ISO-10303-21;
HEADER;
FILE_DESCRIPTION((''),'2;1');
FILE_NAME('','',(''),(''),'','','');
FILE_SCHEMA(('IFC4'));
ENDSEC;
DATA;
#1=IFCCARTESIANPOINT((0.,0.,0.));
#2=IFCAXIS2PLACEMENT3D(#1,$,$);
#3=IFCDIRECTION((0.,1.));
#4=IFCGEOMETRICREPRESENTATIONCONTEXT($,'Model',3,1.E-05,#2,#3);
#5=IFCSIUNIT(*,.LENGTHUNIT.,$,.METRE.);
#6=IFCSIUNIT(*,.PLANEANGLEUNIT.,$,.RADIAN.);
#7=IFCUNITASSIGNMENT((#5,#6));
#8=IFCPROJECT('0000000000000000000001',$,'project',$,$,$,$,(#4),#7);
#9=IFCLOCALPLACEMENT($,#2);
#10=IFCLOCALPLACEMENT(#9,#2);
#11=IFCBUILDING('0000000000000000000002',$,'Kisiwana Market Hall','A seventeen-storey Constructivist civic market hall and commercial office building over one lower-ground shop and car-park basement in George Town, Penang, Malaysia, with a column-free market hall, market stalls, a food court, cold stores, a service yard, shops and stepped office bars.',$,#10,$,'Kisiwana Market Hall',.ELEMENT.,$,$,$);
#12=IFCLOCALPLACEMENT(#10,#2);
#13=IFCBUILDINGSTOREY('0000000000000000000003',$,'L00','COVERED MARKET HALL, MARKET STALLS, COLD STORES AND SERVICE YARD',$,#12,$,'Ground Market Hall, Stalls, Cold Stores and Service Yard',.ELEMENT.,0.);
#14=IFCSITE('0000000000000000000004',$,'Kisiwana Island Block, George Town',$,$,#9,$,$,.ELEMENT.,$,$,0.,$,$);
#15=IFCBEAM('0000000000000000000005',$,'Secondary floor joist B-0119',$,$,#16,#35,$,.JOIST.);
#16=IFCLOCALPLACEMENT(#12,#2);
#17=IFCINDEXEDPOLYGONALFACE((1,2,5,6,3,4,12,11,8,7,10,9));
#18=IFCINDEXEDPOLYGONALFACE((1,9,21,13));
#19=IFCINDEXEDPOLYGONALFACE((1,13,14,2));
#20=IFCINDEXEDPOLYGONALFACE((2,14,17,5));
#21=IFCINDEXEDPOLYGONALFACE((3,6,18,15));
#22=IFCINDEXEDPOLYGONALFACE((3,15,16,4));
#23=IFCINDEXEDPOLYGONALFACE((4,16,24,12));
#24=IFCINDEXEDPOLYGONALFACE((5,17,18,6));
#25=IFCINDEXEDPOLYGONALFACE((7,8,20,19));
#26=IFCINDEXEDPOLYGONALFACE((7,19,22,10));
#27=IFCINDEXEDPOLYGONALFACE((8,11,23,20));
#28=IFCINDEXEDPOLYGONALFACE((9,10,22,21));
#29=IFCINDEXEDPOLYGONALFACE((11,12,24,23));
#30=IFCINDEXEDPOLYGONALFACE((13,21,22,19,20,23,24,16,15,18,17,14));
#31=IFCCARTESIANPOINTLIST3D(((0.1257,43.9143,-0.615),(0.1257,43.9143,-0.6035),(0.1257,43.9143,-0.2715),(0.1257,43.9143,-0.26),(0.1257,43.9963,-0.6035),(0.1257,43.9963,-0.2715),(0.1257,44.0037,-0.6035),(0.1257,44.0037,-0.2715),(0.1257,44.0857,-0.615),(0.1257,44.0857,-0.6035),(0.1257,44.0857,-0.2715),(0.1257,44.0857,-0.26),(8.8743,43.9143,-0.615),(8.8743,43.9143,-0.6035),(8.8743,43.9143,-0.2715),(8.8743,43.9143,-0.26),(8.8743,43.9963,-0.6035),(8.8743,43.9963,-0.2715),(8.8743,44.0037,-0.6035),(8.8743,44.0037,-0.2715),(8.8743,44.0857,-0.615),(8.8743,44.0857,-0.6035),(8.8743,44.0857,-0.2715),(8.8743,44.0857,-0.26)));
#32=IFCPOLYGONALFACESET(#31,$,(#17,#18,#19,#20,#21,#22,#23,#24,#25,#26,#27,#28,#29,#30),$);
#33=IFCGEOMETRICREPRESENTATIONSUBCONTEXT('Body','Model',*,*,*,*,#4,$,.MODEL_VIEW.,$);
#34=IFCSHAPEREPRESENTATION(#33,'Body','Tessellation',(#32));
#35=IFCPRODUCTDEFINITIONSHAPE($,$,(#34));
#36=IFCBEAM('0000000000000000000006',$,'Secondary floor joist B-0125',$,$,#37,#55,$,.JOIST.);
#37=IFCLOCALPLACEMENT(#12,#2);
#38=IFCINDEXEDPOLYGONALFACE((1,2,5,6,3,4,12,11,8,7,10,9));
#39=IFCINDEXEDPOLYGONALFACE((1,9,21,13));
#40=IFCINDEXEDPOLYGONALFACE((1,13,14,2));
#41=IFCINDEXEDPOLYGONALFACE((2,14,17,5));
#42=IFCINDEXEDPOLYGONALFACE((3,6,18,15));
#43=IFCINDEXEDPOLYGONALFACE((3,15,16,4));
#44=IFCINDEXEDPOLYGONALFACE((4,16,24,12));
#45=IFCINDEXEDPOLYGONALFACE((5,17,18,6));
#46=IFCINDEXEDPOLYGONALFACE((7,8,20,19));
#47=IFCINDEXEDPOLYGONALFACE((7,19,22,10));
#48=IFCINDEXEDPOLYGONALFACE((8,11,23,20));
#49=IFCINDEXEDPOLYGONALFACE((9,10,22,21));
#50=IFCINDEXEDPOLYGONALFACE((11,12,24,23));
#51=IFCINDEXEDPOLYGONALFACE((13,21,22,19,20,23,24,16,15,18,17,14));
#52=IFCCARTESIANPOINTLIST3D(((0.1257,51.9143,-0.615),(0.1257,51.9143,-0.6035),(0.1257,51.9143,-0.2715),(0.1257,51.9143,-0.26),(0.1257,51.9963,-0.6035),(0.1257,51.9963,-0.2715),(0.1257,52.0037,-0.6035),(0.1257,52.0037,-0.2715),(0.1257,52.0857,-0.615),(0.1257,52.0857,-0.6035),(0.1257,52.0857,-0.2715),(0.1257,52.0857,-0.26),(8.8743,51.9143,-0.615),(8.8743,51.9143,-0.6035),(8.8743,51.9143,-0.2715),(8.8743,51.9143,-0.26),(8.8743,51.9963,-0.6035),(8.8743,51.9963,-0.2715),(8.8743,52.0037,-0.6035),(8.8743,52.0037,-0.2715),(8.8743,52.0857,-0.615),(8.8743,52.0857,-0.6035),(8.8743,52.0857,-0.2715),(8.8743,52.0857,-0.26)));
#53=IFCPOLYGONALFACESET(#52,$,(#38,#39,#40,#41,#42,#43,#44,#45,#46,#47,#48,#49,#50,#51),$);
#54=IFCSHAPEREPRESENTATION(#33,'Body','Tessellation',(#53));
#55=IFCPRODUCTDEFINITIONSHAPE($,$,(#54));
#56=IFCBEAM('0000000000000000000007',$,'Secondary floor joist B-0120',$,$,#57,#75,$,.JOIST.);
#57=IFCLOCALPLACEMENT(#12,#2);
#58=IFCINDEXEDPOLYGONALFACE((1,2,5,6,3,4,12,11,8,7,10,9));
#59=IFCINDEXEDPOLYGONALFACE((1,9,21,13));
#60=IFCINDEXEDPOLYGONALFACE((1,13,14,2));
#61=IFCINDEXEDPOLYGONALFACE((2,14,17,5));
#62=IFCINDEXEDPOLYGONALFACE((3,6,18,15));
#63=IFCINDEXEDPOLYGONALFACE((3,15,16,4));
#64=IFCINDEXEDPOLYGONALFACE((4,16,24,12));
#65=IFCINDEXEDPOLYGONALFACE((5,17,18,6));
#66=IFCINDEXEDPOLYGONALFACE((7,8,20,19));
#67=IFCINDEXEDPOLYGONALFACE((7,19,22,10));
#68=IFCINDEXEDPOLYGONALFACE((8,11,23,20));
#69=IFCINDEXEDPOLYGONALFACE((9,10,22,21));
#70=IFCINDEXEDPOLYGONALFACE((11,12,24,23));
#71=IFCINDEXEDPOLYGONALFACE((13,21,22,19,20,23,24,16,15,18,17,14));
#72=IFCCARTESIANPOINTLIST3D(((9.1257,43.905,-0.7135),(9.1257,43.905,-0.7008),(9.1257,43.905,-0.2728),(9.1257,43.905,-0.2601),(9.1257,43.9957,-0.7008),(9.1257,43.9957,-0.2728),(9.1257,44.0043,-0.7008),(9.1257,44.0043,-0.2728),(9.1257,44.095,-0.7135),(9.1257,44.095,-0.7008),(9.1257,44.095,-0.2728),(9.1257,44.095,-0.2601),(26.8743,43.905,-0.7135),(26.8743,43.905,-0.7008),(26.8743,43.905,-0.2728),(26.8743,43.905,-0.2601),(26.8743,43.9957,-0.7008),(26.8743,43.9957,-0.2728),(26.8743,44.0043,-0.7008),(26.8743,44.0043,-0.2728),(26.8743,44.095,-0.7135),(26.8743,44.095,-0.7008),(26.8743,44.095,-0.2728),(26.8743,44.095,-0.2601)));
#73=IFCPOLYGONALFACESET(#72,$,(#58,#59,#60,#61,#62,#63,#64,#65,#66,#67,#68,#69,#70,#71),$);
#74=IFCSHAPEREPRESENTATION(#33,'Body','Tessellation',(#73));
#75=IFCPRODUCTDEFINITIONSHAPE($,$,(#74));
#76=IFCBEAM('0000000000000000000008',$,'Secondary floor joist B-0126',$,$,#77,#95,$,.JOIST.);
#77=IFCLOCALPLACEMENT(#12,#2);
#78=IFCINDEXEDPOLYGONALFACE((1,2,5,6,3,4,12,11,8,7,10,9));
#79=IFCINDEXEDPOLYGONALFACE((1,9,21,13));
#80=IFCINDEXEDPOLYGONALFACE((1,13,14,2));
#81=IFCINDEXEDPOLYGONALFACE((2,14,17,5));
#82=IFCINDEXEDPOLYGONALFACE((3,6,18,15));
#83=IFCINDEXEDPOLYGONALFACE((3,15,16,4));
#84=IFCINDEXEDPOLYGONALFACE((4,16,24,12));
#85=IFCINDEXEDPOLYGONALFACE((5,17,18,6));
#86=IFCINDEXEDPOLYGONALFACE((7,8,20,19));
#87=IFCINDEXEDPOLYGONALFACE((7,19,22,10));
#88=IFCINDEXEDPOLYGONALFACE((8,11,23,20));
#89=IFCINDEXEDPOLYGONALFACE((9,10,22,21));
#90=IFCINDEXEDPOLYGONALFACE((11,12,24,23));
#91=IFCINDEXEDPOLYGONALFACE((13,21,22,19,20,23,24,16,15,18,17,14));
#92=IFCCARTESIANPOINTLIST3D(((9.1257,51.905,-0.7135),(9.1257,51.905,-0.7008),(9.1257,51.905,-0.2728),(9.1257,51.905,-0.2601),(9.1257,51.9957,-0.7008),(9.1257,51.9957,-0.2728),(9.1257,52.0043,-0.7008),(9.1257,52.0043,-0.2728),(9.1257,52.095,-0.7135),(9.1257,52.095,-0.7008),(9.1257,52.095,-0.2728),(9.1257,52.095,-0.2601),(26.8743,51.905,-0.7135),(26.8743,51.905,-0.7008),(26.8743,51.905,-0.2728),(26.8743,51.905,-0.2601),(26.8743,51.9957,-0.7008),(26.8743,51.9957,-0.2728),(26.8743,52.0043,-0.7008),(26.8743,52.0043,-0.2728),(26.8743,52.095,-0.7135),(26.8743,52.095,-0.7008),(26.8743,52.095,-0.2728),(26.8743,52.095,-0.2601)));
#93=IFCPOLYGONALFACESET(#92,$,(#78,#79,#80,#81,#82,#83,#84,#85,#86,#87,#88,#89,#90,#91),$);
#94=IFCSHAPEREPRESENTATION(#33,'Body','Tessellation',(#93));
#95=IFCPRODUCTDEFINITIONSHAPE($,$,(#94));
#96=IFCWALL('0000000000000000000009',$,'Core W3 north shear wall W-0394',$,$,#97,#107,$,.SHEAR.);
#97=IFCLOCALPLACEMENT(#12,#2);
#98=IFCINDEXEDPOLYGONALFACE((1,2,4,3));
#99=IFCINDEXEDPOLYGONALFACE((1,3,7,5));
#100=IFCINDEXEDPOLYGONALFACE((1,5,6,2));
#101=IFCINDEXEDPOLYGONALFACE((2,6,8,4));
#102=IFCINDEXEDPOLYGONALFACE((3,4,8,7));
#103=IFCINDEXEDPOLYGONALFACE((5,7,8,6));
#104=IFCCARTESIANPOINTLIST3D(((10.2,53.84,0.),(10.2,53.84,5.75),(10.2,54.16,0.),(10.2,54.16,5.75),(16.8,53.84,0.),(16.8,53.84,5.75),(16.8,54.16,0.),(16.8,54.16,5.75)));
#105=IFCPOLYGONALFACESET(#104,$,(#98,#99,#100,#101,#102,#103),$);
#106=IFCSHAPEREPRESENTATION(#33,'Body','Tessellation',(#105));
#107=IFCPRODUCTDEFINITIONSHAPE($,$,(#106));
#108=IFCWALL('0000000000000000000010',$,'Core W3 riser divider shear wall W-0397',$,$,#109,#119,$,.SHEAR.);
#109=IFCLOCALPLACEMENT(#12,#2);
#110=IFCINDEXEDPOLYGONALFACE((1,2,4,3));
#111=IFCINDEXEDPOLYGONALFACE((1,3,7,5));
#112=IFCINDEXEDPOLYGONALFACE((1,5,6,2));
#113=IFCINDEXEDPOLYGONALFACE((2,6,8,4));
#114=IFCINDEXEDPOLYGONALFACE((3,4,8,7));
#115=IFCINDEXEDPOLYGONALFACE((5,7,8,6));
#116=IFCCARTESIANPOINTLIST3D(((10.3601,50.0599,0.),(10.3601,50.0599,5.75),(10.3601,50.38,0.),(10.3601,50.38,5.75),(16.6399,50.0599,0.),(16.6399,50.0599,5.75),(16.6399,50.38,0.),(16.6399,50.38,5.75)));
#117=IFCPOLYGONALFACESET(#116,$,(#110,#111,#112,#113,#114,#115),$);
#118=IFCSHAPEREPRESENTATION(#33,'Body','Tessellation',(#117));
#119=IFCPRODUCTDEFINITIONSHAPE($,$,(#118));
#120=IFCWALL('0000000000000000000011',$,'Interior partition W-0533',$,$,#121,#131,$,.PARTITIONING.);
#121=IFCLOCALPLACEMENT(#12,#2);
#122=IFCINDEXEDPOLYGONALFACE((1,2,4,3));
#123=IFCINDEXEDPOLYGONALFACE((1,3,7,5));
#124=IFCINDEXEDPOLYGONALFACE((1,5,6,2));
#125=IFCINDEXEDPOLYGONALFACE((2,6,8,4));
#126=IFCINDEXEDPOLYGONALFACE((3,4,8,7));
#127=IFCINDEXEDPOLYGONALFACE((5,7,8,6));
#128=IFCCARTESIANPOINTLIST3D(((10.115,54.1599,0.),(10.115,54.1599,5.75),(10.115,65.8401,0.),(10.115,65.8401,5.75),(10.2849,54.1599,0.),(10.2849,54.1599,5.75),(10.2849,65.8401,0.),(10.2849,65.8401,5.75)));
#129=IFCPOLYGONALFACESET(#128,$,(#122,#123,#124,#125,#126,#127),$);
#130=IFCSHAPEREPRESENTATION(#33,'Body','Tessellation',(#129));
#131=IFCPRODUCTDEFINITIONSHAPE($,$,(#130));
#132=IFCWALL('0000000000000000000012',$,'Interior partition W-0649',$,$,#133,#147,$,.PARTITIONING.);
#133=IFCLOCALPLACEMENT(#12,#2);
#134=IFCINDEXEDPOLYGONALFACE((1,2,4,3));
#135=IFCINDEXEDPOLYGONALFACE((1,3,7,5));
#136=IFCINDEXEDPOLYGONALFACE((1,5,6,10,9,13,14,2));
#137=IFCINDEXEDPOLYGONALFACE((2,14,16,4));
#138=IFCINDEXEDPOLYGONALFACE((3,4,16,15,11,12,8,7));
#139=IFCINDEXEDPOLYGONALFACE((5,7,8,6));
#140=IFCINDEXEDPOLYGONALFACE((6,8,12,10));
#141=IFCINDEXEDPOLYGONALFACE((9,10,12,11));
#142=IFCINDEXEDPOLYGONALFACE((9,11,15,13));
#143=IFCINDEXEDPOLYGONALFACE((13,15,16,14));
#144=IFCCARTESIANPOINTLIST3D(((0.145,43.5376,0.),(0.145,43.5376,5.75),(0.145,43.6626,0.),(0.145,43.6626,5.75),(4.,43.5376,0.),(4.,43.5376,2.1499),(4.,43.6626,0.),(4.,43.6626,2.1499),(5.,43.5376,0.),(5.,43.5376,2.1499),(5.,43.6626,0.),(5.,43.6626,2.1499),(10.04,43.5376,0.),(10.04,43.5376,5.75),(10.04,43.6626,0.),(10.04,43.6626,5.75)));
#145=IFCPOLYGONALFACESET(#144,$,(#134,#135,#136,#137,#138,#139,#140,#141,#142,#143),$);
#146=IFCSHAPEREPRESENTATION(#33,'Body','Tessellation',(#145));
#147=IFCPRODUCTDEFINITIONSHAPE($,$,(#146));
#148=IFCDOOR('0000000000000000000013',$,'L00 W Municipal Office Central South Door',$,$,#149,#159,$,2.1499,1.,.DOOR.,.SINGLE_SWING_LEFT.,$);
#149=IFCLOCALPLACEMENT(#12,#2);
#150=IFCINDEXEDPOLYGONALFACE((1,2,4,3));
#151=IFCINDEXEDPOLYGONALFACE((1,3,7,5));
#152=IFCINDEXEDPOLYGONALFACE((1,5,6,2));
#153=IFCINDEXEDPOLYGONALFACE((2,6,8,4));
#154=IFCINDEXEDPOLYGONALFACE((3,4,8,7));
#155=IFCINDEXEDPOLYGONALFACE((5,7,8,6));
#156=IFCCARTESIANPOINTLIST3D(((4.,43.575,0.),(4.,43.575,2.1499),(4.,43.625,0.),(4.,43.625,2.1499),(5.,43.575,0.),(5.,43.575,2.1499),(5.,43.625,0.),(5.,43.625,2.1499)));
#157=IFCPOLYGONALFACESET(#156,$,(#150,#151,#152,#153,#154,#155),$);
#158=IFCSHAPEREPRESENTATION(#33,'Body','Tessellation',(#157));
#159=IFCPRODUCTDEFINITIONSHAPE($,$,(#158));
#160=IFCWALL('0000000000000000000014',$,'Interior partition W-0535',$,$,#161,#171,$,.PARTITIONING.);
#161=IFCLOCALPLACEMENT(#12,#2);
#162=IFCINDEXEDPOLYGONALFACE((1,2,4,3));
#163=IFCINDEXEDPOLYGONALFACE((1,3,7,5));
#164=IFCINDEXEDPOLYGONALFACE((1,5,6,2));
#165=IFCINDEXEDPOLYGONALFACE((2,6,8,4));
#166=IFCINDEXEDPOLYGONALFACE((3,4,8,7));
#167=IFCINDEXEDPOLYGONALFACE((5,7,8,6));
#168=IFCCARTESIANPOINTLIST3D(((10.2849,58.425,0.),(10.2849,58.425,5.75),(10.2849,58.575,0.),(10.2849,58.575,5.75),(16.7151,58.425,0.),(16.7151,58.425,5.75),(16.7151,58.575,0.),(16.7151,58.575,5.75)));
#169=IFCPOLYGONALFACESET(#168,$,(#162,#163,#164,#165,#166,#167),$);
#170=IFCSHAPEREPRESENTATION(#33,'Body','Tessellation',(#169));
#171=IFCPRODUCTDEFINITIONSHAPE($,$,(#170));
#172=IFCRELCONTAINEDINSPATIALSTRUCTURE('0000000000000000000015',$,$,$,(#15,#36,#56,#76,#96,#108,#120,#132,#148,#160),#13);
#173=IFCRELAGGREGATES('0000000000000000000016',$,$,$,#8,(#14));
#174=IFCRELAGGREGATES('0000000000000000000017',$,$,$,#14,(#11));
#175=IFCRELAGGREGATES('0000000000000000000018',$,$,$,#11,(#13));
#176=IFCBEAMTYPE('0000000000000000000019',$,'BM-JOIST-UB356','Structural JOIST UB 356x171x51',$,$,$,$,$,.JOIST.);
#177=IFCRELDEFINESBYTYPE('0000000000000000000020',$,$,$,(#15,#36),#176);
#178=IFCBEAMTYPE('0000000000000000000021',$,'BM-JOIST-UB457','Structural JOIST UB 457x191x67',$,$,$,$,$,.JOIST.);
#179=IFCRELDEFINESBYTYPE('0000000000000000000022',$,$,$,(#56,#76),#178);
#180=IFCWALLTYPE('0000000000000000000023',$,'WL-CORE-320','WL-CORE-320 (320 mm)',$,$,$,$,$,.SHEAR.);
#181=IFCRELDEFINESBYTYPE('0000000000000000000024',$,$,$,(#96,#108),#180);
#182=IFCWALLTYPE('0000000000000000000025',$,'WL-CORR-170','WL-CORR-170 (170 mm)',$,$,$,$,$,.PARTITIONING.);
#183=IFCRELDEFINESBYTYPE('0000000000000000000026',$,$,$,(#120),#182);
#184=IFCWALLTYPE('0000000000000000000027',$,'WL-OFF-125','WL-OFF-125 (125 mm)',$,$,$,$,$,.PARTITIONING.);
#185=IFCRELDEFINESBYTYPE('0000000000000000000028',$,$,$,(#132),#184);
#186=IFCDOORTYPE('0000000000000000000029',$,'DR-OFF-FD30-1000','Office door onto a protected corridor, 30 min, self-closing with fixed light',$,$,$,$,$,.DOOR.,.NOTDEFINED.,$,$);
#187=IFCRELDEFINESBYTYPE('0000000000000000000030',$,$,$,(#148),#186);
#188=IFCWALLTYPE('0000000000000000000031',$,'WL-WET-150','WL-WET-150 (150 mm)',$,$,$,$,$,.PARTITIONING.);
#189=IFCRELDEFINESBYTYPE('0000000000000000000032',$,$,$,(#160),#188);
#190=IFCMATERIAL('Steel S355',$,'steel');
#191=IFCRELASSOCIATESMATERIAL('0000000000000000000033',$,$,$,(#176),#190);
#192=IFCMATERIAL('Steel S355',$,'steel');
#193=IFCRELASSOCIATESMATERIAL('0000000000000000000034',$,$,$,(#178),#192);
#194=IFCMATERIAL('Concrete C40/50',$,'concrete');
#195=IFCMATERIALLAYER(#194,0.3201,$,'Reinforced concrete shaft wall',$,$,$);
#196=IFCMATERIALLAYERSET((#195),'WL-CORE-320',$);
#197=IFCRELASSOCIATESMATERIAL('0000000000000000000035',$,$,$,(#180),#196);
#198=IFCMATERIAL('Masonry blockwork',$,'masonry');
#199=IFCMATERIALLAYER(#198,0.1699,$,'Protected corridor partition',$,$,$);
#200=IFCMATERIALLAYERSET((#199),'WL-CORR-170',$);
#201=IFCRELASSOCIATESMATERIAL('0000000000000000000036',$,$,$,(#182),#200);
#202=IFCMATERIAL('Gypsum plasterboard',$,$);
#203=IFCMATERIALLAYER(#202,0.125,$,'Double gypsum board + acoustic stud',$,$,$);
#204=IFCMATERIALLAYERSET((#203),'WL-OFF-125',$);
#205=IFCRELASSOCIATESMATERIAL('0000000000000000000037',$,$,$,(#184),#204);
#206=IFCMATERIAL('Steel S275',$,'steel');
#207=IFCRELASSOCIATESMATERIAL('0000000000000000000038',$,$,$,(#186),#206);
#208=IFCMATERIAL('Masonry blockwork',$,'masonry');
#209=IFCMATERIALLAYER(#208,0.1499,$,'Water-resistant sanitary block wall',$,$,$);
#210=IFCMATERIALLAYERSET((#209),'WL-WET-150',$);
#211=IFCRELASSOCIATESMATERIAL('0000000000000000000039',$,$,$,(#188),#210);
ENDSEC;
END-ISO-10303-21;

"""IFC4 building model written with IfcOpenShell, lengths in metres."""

from ifc_helpers import new_model, si_unit, direction, frame, frame_2d, origin, origin_2d, place, context, subcontext, project, spatial, rectangle, i_section, extrude, material, layer, layer_set, material_profile, profile_set, type_object, element, fill, save


model = new_model("IFC4")

# Units and contexts
model_context = context("Model", 3, precision=1e-05, world=origin(), true_north=direction((0.0, 1.0)))
body_context = subcontext(model_context, "Body", "Model", "MODEL_VIEW")
ifc_project = project(units=[si_unit("LENGTHUNIT", "METRE"), si_unit("PLANEANGLEUNIT", "RADIAN")], contexts=[model_context])

# Site, building, storey
site_placement = place(None, origin())
site = spatial("IfcSite", under=ifc_project, at=site_placement, Name="Kisiwana Island Block, George Town", CompositionType="ELEMENT", RefElevation=0.0)
building_placement = place(site_placement, origin())
building = spatial("IfcBuilding", under=site, at=building_placement, Name="Kisiwana Market Hall", Description="A seventeen-storey Constructivist civic market hall and commercial office building over one lower-ground shop and car-park basement in George Town, Penang, Malaysia, with a column-free market hall, market stalls, a food court, cold stores, a service yard, shops and stepped office bars.", LongName="Kisiwana Market Hall", CompositionType="ELEMENT")
storey_placement = place(building_placement, origin())
storey = spatial("IfcBuildingStorey", under=building, at=storey_placement, Name="L00", Description="COVERED MARKET HALL, MARKET STALLS, COLD STORES AND SERVICE YARD", LongName="Ground Market Hall, Stalls, Cold Stores and Service Yard", CompositionType="ELEMENT", Elevation=0.0)

# Beams
ifc_material_1 = material(Name="Steel S355", Category="steel")
ifc_material_profile_1 = material_profile(ifc_material_1, i_section(OverallWidth=0.1714, OverallDepth=0.355, WebThickness=0.0073, FlangeThickness=0.0115, at=origin_2d()), Name="UB 356x171x51")
ifc_profile_set_1 = profile_set([ifc_material_profile_1], Name="Steel S355")
beam_type_1 = type_object("IfcBeamType", Name="BM-JOIST-UB356", Description="Structural JOIST UB 356x171x51", PredefinedType="JOIST", material=ifc_profile_set_1)
for number, where, z_axis, x_axis, name in (
    (1, (0.1257, 44.0, -0.4375), (1.0, 0.0, 0.0), (0.0, 1.0, 0.0), "Secondary floor joist B-0119"),
    (2, (0.1257, 52.0, -0.4375), (1.0, 0.0, 0.0), (0.0, 1.0, 0.0), "Secondary floor joist B-0125"),
):
    element("IfcBeam", number, at=place(storey_placement, frame(where, z_axis=z_axis, x_axis=x_axis)), inside=storey, type_object=beam_type_1, Name=name, PredefinedType="JOIST", context=body_context, shape_type="SweptSolid", body=[
        extrude(i_section(OverallWidth=0.1714, OverallDepth=0.355, WebThickness=0.0073, FlangeThickness=0.0115, at=origin_2d()), origin(), (0.0, 0.0, 1.0), 8.7485),
    ])
ifc_material_2 = material(Name="Steel S355", Category="steel")
ifc_material_profile_2 = material_profile(ifc_material_2, i_section(OverallWidth=0.1899, OverallDepth=0.4534, WebThickness=0.0085, FlangeThickness=0.0127, at=origin_2d()), Name="UB 457x191x67")
ifc_profile_set_2 = profile_set([ifc_material_profile_2], Name="Steel S355")
beam_type_2 = type_object("IfcBeamType", Name="BM-JOIST-UB457", Description="Structural JOIST UB 457x191x67", PredefinedType="JOIST", material=ifc_profile_set_2)
for number, where, z_axis, x_axis, name in (
    (3, (9.1257, 44.0, -0.4868), (1.0, 0.0, 0.0), (0.0, 1.0, 0.0), "Secondary floor joist B-0120"),
    (4, (9.1257, 52.0, -0.4868), (1.0, 0.0, 0.0), (0.0, 1.0, 0.0), "Secondary floor joist B-0126"),
):
    element("IfcBeam", number, at=place(storey_placement, frame(where, z_axis=z_axis, x_axis=x_axis)), inside=storey, type_object=beam_type_2, Name=name, PredefinedType="JOIST", context=body_context, shape_type="SweptSolid", body=[
        extrude(i_section(OverallWidth=0.1899, OverallDepth=0.4534, WebThickness=0.0085, FlangeThickness=0.0127, at=origin_2d()), origin(), (0.0, 0.0, 1.0), 17.7485),
    ])

# Walls
ifc_material_3 = material(Name="Concrete C40/50", Category="concrete")
ifc_layer_1 = layer(ifc_material_3, 0.3201, Name="Reinforced concrete shaft wall")
ifc_layer_set_1 = layer_set([ifc_layer_1], Name="WL-CORE-320")
wall_type_1 = type_object("IfcWallType", Name="WL-CORE-320", Description="WL-CORE-320 (320 mm)", PredefinedType="SHEAR", material=ifc_layer_set_1)
wall_1_placement = place(storey_placement, frame((10.2, 54.0, 0.0), z_axis=(0.0, 0.0, 1.0), x_axis=(1.0, 0.0, 0.0)))
element("IfcWall", 5, at=wall_1_placement, inside=storey, type_object=wall_type_1, Name="Core W3 north shear wall W-0394", PredefinedType="SHEAR", context=body_context, shape_type="SweptSolid", body=[
    extrude(rectangle(XDim=6.6001, YDim=0.3201, at=frame_2d((3.3, 0.0))), origin(), (0.0, 0.0, 1.0), 5.75),
])
wall_2_placement = place(storey_placement, frame((10.3601, 50.22, 0.0), z_axis=(0.0, 0.0, 1.0), x_axis=(1.0, 0.0, 0.0)))
element("IfcWall", 6, at=wall_2_placement, inside=storey, type_object=wall_type_1, Name="Core W3 riser divider shear wall W-0397", PredefinedType="SHEAR", context=body_context, shape_type="SweptSolid", body=[
    extrude(rectangle(XDim=6.2798, YDim=0.3201, at=frame_2d((3.1399, 0.0))), origin(), (0.0, 0.0, 1.0), 5.75),
])
ifc_material_4 = material(Name="Masonry blockwork", Category="masonry")
ifc_layer_2 = layer(ifc_material_4, 0.1699, Name="Protected corridor partition")
ifc_layer_set_2 = layer_set([ifc_layer_2], Name="WL-CORR-170")
wall_type_2 = type_object("IfcWallType", Name="WL-CORR-170", Description="WL-CORR-170 (170 mm)", PredefinedType="PARTITIONING", material=ifc_layer_set_2)
wall_3_placement = place(storey_placement, frame((10.2, 54.1599, 0.0), z_axis=(0.0, 0.0, 1.0), x_axis=(0.0, 1.0, 0.0)))
element("IfcWall", 7, at=wall_3_placement, inside=storey, type_object=wall_type_2, Name="Interior partition W-0533", PredefinedType="PARTITIONING", context=body_context, shape_type="SweptSolid", body=[
    extrude(rectangle(XDim=11.6802, YDim=0.1699, at=frame_2d((5.8401, 0.0))), origin(), (0.0, 0.0, 1.0), 5.75),
])

# Wall, opening, door
ifc_material_5 = material(Name="Gypsum plasterboard")
ifc_layer_3 = layer(ifc_material_5, 0.125, Name="Double gypsum board + acoustic stud")
ifc_layer_set_3 = layer_set([ifc_layer_3], Name="WL-OFF-125")
wall_type_3 = type_object("IfcWallType", Name="WL-OFF-125", Description="WL-OFF-125 (125 mm)", PredefinedType="PARTITIONING", material=ifc_layer_set_3)
wall_4_placement = place(storey_placement, frame((0.145, 43.6001, 0.0), z_axis=(0.0, 0.0, 1.0), x_axis=(1.0, 0.0, 0.0)))
wall_4 = element("IfcWall", 8, at=wall_4_placement, inside=storey, type_object=wall_type_3, Name="Interior partition W-0649", PredefinedType="PARTITIONING", context=body_context, shape_type="SweptSolid", body=[
    extrude(rectangle(XDim=9.895, YDim=0.125, at=frame_2d((4.9475, 0.0))), origin(), (0.0, 0.0, 1.0), 5.75),
])
opening_placement = place(wall_4_placement, frame((3.855, 0.0, 0.0)))
opening = element("IfcOpeningElement", 9, at=opening_placement, cuts=wall_4, PredefinedType="OPENING", context=body_context, shape_type="SweptSolid", body=[
    extrude(rectangle(XDim=1.0, YDim=2.1499, at=frame_2d((0.5, 1.075))), frame((0.0, 0.0745, 0.0), z_axis=(0.0, -1.0, 0.0), x_axis=(1.0, 0.0, 0.0)), (0.0, 0.0, 1.0), 0.1489),
])
ifc_material_6 = material(Name="Steel S275", Category="steel")
door_type = type_object("IfcDoorType", Name="DR-OFF-FD30-1000", Description="Office door onto a protected corridor, 30 min, self-closing with fixed light", OperationType="NOTDEFINED", PredefinedType="DOOR", material=ifc_material_6)
door_placement = place(opening_placement, origin())
door = element("IfcDoor", 10, at=door_placement, inside=storey, type_object=door_type, Name="L00 W Municipal Office Central South Door", OperationType="SINGLE_SWING_LEFT", OverallHeight=2.1499, OverallWidth=1.0, PredefinedType="DOOR", context=body_context, shape_type="SweptSolid", body=[
    extrude(rectangle(XDim=1.0, YDim=2.1499, at=frame_2d((0.5, 1.075))), frame((0.0, 0.0249, 0.0), z_axis=(0.0, -1.0, 0.0), x_axis=(1.0, 0.0, 0.0)), (0.0, 0.0, 1.0), 0.05),
])
fill(opening, door)

# Wall
ifc_material_7 = material(Name="Masonry blockwork", Category="masonry")
ifc_layer_4 = layer(ifc_material_7, 0.1499, Name="Water-resistant sanitary block wall")
ifc_layer_set_4 = layer_set([ifc_layer_4], Name="WL-WET-150")
wall_type_4 = type_object("IfcWallType", Name="WL-WET-150", Description="WL-WET-150 (150 mm)", PredefinedType="PARTITIONING", material=ifc_layer_set_4)
wall_5_placement = place(storey_placement, frame((10.2849, 58.5, 0.0), z_axis=(0.0, 0.0, 1.0), x_axis=(1.0, 0.0, 0.0)))
element("IfcWall", 11, at=wall_5_placement, inside=storey, type_object=wall_type_4, Name="Interior partition W-0535", PredefinedType="PARTITIONING", context=body_context, shape_type="SweptSolid", body=[
    extrude(rectangle(XDim=6.4302, YDim=0.1499, at=frame_2d((3.2151, 0.0))), origin(), (0.0, 0.0, 1.0), 5.75),
])

save(model, "model.ifc")
